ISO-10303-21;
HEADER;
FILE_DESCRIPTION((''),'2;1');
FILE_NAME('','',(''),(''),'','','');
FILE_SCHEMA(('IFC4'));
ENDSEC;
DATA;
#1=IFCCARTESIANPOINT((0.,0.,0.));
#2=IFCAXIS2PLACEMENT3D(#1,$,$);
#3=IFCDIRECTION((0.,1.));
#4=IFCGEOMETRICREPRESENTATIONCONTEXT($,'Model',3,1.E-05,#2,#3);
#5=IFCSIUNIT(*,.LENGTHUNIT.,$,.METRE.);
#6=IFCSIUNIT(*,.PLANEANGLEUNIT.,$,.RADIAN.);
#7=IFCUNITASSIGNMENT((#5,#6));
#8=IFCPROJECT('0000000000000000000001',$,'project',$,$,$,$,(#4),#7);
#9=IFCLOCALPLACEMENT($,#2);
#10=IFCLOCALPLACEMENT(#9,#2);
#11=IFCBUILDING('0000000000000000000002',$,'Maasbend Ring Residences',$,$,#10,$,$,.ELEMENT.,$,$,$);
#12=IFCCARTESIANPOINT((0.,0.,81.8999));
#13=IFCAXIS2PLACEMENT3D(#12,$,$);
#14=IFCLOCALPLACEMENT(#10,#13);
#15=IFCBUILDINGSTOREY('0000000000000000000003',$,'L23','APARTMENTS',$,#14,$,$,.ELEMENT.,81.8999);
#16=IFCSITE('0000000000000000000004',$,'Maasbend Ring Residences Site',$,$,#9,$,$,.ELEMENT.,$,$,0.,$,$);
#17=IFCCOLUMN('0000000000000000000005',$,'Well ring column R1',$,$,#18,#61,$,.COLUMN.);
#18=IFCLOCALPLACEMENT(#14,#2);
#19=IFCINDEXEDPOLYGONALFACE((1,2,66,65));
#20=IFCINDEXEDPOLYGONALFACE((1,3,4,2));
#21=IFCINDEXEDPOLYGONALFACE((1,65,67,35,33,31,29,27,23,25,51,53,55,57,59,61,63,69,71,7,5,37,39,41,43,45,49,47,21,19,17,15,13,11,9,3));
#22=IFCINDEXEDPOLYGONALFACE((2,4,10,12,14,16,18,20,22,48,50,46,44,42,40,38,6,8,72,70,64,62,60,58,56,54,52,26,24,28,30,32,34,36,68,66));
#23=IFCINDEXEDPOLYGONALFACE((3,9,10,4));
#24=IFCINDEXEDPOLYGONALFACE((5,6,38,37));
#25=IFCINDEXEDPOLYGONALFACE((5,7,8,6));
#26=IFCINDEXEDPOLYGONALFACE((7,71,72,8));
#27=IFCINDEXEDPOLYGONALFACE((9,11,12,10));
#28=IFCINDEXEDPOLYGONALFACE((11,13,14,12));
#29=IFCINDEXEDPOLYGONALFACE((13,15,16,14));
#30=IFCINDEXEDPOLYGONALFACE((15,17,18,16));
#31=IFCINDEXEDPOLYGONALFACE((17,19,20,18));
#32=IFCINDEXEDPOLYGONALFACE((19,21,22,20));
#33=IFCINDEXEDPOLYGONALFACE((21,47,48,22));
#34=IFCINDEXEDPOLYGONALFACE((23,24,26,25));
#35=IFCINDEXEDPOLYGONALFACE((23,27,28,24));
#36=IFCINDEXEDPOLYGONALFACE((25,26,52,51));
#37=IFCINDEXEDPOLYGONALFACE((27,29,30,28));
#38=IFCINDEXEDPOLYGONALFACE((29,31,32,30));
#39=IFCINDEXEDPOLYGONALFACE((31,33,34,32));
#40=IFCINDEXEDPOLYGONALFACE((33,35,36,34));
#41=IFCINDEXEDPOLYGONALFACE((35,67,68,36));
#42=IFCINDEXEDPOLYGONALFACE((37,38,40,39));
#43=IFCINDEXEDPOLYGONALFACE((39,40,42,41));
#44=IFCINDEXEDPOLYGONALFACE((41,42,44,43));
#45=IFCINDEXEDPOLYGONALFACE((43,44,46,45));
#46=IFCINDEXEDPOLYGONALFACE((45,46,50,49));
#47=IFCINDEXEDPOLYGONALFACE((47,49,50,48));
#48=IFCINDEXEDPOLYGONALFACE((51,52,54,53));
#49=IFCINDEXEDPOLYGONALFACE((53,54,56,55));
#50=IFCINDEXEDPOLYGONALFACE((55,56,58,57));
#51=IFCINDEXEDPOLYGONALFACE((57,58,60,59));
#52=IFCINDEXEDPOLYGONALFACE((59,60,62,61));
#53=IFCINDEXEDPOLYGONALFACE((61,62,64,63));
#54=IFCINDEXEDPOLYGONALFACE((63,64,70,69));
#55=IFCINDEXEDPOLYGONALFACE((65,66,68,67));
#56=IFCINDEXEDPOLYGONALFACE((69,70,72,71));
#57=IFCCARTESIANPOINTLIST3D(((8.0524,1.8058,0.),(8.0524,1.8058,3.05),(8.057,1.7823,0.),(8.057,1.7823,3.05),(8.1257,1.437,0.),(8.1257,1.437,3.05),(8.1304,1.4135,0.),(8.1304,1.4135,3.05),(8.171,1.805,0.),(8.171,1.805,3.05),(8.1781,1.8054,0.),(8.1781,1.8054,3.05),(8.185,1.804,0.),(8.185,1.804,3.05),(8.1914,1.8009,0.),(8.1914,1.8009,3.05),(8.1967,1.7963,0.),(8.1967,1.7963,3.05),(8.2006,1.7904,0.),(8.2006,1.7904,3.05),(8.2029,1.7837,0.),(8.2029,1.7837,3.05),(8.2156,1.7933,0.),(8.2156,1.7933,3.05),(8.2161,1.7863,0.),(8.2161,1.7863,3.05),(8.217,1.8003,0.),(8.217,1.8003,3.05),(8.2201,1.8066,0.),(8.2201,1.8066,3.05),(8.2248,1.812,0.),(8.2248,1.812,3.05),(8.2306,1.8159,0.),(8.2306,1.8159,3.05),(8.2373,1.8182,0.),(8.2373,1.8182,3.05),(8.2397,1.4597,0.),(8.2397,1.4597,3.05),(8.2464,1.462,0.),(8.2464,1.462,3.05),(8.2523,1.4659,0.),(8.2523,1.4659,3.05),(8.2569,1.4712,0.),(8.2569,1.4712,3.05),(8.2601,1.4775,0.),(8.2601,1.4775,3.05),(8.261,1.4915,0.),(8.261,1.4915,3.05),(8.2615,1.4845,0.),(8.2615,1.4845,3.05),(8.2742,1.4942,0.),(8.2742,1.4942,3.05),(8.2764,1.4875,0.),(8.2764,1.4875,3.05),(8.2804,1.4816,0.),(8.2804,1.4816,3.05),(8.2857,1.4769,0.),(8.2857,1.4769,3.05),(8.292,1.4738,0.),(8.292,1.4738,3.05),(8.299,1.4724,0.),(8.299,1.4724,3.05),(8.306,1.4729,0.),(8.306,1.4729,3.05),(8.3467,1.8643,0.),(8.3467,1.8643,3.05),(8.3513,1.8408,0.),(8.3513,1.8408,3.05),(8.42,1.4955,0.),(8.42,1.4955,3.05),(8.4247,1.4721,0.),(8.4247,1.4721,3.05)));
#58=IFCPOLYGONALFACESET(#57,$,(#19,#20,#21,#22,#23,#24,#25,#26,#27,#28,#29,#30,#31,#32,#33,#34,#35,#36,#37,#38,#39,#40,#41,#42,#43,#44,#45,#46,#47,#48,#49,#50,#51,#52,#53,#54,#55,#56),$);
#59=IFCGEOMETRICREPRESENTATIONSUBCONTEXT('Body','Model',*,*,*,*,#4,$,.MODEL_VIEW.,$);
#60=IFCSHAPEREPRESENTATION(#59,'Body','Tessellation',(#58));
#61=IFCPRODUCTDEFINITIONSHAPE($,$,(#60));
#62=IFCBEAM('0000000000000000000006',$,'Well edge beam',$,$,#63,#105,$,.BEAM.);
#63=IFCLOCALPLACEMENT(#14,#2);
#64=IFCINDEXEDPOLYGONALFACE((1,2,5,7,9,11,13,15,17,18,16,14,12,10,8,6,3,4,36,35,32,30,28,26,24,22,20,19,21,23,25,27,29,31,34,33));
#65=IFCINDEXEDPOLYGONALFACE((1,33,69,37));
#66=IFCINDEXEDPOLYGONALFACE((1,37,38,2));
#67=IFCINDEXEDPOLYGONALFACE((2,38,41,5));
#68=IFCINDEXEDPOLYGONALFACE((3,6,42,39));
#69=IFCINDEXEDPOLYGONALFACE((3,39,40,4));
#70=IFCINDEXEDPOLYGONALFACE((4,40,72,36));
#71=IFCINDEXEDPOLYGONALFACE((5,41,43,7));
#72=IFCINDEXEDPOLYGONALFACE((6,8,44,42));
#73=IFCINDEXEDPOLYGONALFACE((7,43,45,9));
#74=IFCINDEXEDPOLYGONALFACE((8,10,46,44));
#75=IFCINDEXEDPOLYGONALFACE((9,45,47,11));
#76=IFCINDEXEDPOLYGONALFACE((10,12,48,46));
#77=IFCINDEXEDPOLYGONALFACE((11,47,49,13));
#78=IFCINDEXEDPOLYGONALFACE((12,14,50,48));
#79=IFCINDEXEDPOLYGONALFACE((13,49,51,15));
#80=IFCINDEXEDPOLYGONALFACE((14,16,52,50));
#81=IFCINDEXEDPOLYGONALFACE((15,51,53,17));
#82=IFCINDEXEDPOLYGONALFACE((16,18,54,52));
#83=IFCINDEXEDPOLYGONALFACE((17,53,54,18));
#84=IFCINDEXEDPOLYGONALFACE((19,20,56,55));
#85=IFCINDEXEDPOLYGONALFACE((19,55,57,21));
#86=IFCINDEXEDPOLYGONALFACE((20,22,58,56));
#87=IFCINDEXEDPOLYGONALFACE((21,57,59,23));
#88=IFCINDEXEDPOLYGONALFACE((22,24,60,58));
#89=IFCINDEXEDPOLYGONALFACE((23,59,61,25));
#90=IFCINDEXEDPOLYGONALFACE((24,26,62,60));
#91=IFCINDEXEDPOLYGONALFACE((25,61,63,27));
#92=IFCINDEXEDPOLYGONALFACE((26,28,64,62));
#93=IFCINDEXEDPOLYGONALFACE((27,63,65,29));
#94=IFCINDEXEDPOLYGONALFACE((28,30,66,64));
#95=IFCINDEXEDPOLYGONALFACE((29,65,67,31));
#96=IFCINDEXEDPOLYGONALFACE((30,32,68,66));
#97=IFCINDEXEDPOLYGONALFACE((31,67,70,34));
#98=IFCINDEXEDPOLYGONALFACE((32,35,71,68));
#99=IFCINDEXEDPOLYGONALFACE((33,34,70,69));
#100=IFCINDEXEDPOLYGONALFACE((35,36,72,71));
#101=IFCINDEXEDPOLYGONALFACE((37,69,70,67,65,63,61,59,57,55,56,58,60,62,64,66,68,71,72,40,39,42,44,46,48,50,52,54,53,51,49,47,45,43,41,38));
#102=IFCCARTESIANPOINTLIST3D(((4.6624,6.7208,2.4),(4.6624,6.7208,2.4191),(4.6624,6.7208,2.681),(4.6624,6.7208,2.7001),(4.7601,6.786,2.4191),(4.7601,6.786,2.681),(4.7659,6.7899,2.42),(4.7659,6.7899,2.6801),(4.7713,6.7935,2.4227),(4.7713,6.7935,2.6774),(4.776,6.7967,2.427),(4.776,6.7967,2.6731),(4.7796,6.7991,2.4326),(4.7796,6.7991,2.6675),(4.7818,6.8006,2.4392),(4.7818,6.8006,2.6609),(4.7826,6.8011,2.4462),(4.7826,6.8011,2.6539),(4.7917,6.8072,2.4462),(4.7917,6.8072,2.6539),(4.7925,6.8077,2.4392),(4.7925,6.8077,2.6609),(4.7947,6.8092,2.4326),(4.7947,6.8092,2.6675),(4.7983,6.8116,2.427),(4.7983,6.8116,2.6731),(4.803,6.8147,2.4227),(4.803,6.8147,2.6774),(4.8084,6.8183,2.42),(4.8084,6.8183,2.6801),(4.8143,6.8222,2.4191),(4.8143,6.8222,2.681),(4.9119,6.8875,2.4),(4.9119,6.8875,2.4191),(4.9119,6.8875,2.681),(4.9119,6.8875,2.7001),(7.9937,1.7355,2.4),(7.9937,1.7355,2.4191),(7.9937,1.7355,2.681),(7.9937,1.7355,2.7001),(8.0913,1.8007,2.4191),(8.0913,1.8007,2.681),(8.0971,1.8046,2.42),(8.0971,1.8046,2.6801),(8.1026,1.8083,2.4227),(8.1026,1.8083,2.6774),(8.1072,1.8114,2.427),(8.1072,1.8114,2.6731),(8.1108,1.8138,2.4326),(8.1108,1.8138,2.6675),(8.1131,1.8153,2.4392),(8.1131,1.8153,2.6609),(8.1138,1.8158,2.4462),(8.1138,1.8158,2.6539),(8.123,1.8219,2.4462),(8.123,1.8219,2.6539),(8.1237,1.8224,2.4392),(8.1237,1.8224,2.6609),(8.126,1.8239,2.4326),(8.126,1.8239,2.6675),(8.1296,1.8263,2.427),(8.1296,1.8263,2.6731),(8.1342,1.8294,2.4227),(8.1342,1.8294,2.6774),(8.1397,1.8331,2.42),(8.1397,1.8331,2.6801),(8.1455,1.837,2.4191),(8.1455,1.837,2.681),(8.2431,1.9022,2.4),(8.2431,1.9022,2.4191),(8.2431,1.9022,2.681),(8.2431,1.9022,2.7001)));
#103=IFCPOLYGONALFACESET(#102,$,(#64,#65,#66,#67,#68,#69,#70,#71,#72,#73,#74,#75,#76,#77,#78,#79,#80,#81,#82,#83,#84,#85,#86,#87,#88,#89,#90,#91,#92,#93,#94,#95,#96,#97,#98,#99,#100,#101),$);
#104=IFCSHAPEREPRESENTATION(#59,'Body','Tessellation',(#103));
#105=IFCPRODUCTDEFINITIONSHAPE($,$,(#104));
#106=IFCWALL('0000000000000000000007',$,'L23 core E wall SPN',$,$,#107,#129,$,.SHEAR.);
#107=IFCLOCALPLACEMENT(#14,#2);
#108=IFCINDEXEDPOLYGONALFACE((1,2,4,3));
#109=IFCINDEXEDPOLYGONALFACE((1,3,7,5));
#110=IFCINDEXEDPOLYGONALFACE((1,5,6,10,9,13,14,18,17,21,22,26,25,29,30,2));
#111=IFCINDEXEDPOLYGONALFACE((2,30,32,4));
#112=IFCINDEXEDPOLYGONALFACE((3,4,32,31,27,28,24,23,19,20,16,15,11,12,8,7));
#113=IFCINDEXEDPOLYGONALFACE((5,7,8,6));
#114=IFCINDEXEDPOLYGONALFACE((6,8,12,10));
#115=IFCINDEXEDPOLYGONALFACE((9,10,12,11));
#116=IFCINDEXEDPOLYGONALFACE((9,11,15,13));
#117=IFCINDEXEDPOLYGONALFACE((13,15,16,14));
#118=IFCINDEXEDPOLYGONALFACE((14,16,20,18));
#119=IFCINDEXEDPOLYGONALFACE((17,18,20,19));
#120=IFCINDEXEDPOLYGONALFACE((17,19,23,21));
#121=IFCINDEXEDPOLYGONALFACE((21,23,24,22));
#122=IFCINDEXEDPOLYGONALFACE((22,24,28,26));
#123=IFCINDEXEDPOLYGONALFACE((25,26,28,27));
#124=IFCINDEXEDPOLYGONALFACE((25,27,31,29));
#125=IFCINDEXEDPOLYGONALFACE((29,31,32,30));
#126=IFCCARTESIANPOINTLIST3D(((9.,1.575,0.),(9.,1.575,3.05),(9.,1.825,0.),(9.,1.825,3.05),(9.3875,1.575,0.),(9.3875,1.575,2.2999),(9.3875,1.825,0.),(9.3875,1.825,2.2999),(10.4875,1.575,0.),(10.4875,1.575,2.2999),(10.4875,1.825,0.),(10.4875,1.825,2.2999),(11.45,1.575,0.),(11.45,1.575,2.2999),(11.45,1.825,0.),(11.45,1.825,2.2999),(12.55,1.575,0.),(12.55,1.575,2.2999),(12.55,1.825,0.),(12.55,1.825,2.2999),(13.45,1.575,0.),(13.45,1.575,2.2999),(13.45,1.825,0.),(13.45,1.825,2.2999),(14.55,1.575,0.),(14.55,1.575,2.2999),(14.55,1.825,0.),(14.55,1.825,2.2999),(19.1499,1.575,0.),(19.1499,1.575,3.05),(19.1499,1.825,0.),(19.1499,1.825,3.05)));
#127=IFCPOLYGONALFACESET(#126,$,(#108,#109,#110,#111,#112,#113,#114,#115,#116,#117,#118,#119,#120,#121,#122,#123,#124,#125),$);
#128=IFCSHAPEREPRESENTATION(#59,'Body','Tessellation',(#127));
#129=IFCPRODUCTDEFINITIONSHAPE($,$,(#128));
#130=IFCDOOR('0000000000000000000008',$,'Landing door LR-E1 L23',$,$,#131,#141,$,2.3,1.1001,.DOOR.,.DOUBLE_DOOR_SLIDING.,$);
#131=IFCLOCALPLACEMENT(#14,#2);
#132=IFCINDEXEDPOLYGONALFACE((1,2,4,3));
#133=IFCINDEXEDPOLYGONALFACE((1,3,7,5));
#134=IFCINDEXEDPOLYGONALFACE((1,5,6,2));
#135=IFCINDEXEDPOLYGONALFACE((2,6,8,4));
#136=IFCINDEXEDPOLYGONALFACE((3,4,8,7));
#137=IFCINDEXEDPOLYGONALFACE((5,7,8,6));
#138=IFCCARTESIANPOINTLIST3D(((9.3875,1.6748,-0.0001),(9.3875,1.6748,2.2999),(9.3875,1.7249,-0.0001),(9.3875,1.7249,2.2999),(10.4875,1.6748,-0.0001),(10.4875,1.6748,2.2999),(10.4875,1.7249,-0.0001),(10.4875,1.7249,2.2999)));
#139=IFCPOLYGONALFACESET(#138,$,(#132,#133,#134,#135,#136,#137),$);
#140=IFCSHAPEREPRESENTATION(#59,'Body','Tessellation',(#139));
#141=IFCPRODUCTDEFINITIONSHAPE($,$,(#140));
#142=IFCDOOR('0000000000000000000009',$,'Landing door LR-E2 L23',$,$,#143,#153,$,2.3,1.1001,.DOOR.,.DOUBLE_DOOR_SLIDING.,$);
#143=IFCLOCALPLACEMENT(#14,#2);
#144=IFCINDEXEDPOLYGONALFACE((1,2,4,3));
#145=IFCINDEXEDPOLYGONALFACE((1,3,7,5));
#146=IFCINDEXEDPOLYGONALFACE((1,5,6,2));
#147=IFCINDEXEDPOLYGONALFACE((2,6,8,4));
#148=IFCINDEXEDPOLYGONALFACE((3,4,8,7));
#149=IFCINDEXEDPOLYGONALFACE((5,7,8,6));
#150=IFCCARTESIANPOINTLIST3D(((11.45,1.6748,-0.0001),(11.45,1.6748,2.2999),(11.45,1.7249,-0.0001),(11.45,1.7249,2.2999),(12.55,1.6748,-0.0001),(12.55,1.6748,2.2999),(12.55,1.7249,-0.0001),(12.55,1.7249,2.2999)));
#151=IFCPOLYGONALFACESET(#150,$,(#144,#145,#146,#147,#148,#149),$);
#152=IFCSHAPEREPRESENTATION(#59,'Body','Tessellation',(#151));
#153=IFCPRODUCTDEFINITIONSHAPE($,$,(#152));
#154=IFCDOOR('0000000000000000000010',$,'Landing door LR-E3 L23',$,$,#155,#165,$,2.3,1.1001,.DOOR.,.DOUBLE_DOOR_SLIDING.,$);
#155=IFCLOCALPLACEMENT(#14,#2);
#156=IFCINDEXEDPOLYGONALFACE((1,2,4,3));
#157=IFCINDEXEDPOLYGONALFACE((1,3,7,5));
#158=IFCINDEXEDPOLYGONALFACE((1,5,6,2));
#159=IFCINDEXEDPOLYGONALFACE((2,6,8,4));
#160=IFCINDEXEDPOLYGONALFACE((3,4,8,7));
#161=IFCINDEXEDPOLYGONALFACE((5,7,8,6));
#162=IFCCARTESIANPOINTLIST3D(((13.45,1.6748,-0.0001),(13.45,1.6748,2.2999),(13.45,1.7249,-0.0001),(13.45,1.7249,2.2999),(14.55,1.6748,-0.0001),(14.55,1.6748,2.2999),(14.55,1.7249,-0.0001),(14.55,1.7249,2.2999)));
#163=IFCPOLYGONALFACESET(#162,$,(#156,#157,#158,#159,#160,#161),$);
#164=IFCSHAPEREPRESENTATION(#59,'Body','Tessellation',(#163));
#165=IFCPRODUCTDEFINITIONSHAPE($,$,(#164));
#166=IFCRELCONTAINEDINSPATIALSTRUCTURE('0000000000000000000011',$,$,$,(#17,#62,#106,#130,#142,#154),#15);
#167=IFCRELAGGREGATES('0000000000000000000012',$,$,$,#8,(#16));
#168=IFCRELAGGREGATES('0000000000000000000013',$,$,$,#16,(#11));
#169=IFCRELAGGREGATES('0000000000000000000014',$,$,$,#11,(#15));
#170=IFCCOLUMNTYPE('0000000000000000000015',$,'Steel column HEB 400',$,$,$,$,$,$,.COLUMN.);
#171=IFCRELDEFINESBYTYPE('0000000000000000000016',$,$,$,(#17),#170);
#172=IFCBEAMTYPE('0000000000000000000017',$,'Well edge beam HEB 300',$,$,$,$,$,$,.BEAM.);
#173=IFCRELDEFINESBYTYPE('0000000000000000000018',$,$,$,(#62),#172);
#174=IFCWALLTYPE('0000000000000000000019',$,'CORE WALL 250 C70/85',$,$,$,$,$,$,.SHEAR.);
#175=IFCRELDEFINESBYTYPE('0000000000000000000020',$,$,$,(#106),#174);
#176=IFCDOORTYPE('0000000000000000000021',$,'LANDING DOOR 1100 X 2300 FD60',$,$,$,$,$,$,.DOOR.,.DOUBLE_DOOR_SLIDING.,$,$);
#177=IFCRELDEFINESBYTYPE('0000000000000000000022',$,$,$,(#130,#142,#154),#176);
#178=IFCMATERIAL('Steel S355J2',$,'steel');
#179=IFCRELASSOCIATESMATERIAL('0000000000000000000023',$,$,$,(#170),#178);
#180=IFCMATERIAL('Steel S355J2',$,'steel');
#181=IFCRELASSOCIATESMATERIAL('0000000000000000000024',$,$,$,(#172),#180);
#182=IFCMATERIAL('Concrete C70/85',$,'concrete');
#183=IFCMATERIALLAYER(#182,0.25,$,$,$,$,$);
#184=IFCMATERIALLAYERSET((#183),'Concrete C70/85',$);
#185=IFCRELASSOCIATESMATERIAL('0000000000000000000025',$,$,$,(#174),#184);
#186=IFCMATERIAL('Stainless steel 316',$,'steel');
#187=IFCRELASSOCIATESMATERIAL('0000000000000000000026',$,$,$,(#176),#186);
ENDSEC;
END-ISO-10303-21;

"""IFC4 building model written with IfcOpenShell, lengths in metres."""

from ifc_helpers import new_model, si_unit, direction, frame, frame_2d, origin, origin_2d, place, context, subcontext, project, spatial, rectangle, i_section, extrude, material, layer, layer_set, material_profile, profile_set, type_object, element, fill, save


model = new_model("IFC4")

# Units and contexts
model_context = context("Model", 3, precision=1e-05, world=origin(), true_north=direction((0.0, 1.0)))
body_context = subcontext(model_context, "Body", "Model", "MODEL_VIEW")
ifc_project = project(units=[si_unit("LENGTHUNIT", "METRE"), si_unit("PLANEANGLEUNIT", "RADIAN")], contexts=[model_context])

# Site, building, storey
site_placement = place(None, origin())
site = spatial("IfcSite", under=ifc_project, at=site_placement, Name="Maasbend Ring Residences Site", CompositionType="ELEMENT", RefElevation=0.0)
building_placement = place(site_placement, origin())
building = spatial("IfcBuilding", under=site, at=building_placement, Name="Maasbend Ring Residences", CompositionType="ELEMENT")
storey_placement = place(building_placement, frame((0.0, 0.0, 81.8999)))
storey = spatial("IfcBuildingStorey", under=building, at=storey_placement, Name="L23", Description="APARTMENTS", CompositionType="ELEMENT", Elevation=81.8999)

# Column
ifc_material_1 = material(Name="Steel S355J2", Category="steel")
ifc_material_profile_1 = material_profile(ifc_material_1, i_section(OverallWidth=0.3, OverallDepth=0.3999, WebThickness=0.0134, FlangeThickness=0.0239, FilletRadius=0.0271, at=origin_2d()), Name="HEB 400")
ifc_profile_set_1 = profile_set([ifc_material_profile_1], Name="Steel S355J2")
column_type = type_object("IfcColumnType", Name="Steel column HEB 400", PredefinedType="COLUMN", material=ifc_profile_set_1)
column_placement = place(storey_placement, frame((8.2385, 1.6389, 0.0), z_axis=(0.0, 0.0, 1.0), x_axis=(0.980785, 0.19509, 0.0)))
element("IfcColumn", 1, at=column_placement, inside=storey, type_object=column_type, Name="Well ring column R1", PredefinedType="COLUMN", context=body_context, shape_type="SweptSolid", body=[
    extrude(i_section(OverallWidth=0.3, OverallDepth=0.3999, WebThickness=0.0134, FlangeThickness=0.0239, FilletRadius=0.0271, at=origin_2d()), origin(), (0.0, 0.0, 1.0), 3.05),
])

# Beam
ifc_material_2 = material(Name="Steel S355J2", Category="steel")
ifc_material_profile_2 = material_profile(ifc_material_2, i_section(OverallWidth=0.3, OverallDepth=0.3, WebThickness=0.011, FlangeThickness=0.019, FilletRadius=0.0271, at=origin_2d()), Name="HEB 300")
ifc_profile_set_2 = profile_set([ifc_material_profile_2], Name="Steel S355J2")
beam_type = type_object("IfcBeamType", Name="Well edge beam HEB 300", PredefinedType="BEAM", material=ifc_profile_set_2)
beam_placement = place(storey_placement, frame((8.1184, 1.8188, 2.55), z_axis=(-0.555593, 0.831455, 0.0), x_axis=(-0.831455, -0.555593, 0.0)))
element("IfcBeam", 2, at=beam_placement, inside=storey, type_object=beam_type, Name="Well edge beam", PredefinedType="BEAM", context=body_context, shape_type="SweptSolid", body=[
    extrude(i_section(OverallWidth=0.3, OverallDepth=0.3, WebThickness=0.011, FlangeThickness=0.019, FilletRadius=0.0271, at=origin_2d()), origin(), (0.0, 0.0, 1.0), 5.9958),
])

# Wall, openings, doors
ifc_material_3 = material(Name="Concrete C70/85", Category="concrete")
ifc_layer_1 = layer(ifc_material_3, 0.25)
ifc_layer_set_1 = layer_set([ifc_layer_1], Name="Concrete C70/85")
wall_type_1 = type_object("IfcWallType", Name="CORE WALL 250 C70/85", PredefinedType="SHEAR", material=ifc_layer_set_1)
wall_1_placement = place(storey_placement, frame((9.0, 1.7, 0.0), z_axis=(0.0, 0.0, 1.0), x_axis=(1.0, 0.0, 0.0)))
wall_1 = element("IfcWall", 3, at=wall_1_placement, inside=storey, type_object=wall_type_1, Name="L23 core E wall SPN", PredefinedType="SHEAR", context=body_context, shape_type="SweptSolid", body=[
    extrude(rectangle(XDim=10.1499, YDim=0.25, at=frame_2d((5.075, 0.0))), origin(), (0.0, 0.0, 1.0), 3.05),
])
opening_1_placement = place(wall_1_placement, frame((0.3875, 0.0, 0.0)))
opening_1 = element("IfcOpeningElement", 4, at=opening_1_placement, cuts=wall_1, PredefinedType="OPENING", context=body_context, shape_type="SweptSolid", body=[
    extrude(rectangle(XDim=1.1001, YDim=2.3, at=frame_2d((0.55, 1.1499))), frame((0.0, 0.135, 0.0), z_axis=(0.0, -1.0, 0.0), x_axis=(1.0, 0.0, 0.0)), (0.0, 0.0, 1.0), 0.27),
])
opening_2_placement = place(wall_1_placement, frame((2.45, 0.0, 0.0)))
opening_2 = element("IfcOpeningElement", 5, at=opening_2_placement, cuts=wall_1, PredefinedType="OPENING", context=body_context, shape_type="SweptSolid", body=[
    extrude(rectangle(XDim=1.1001, YDim=2.3, at=frame_2d((0.55, 1.1499))), frame((0.0, 0.135, 0.0), z_axis=(0.0, -1.0, 0.0), x_axis=(1.0, 0.0, 0.0)), (0.0, 0.0, 1.0), 0.27),
])
opening_3_placement = place(wall_1_placement, frame((4.45, 0.0, 0.0)))
opening_3 = element("IfcOpeningElement", 6, at=opening_3_placement, cuts=wall_1, PredefinedType="OPENING", context=body_context, shape_type="SweptSolid", body=[
    extrude(rectangle(XDim=1.1001, YDim=2.3, at=frame_2d((0.55, 1.1499))), frame((0.0, 0.135, 0.0), z_axis=(0.0, -1.0, 0.0), x_axis=(1.0, 0.0, 0.0)), (0.0, 0.0, 1.0), 0.27),
])
ifc_material_4 = material(Name="Stainless steel 316", Category="steel")
door_type_1 = type_object("IfcDoorType", Name="LANDING DOOR 1100 X 2300 FD60", OperationType="DOUBLE_DOOR_SLIDING", PredefinedType="DOOR", material=ifc_material_4)
door_1_placement = place(opening_1_placement, origin())
door_1 = element("IfcDoor", 7, at=door_1_placement, inside=storey, type_object=door_type_1, Name="Landing door LR-E1 L23", OperationType="DOUBLE_DOOR_SLIDING", OverallHeight=2.3, OverallWidth=1.1001, PredefinedType="DOOR", context=body_context, shape_type="SweptSolid", body=[
    extrude(rectangle(XDim=1.1001, YDim=2.3, at=frame_2d((0.55, 1.1499))), frame((0.0, 0.0249, 0.0), z_axis=(0.0, -1.0, 0.0), x_axis=(1.0, 0.0, 0.0)), (0.0, 0.0, 1.0), 0.05),
])
fill(opening_1, door_1)
door_2_placement = place(opening_2_placement, origin())
door_2 = element("IfcDoor", 8, at=door_2_placement, inside=storey, type_object=door_type_1, Name="Landing door LR-E2 L23", OperationType="DOUBLE_DOOR_SLIDING", OverallHeight=2.3, OverallWidth=1.1001, PredefinedType="DOOR", context=body_context, shape_type="SweptSolid", body=[
    extrude(rectangle(XDim=1.1001, YDim=2.3, at=frame_2d((0.55, 1.1499))), frame((0.0, 0.0249, 0.0), z_axis=(0.0, -1.0, 0.0), x_axis=(1.0, 0.0, 0.0)), (0.0, 0.0, 1.0), 0.05),
])
fill(opening_2, door_2)
door_3_placement = place(opening_3_placement, origin())
door_3 = element("IfcDoor", 9, at=door_3_placement, inside=storey, type_object=door_type_1, Name="Landing door LR-E3 L23", OperationType="DOUBLE_DOOR_SLIDING", OverallHeight=2.3, OverallWidth=1.1001, PredefinedType="DOOR", context=body_context, shape_type="SweptSolid", body=[
    extrude(rectangle(XDim=1.1001, YDim=2.3, at=frame_2d((0.55, 1.1499))), frame((0.0, 0.0249, 0.0), z_axis=(0.0, -1.0, 0.0), x_axis=(1.0, 0.0, 0.0)), (0.0, 0.0, 1.0), 0.05),
])
fill(opening_3, door_3)

save(model, "model.ifc")
